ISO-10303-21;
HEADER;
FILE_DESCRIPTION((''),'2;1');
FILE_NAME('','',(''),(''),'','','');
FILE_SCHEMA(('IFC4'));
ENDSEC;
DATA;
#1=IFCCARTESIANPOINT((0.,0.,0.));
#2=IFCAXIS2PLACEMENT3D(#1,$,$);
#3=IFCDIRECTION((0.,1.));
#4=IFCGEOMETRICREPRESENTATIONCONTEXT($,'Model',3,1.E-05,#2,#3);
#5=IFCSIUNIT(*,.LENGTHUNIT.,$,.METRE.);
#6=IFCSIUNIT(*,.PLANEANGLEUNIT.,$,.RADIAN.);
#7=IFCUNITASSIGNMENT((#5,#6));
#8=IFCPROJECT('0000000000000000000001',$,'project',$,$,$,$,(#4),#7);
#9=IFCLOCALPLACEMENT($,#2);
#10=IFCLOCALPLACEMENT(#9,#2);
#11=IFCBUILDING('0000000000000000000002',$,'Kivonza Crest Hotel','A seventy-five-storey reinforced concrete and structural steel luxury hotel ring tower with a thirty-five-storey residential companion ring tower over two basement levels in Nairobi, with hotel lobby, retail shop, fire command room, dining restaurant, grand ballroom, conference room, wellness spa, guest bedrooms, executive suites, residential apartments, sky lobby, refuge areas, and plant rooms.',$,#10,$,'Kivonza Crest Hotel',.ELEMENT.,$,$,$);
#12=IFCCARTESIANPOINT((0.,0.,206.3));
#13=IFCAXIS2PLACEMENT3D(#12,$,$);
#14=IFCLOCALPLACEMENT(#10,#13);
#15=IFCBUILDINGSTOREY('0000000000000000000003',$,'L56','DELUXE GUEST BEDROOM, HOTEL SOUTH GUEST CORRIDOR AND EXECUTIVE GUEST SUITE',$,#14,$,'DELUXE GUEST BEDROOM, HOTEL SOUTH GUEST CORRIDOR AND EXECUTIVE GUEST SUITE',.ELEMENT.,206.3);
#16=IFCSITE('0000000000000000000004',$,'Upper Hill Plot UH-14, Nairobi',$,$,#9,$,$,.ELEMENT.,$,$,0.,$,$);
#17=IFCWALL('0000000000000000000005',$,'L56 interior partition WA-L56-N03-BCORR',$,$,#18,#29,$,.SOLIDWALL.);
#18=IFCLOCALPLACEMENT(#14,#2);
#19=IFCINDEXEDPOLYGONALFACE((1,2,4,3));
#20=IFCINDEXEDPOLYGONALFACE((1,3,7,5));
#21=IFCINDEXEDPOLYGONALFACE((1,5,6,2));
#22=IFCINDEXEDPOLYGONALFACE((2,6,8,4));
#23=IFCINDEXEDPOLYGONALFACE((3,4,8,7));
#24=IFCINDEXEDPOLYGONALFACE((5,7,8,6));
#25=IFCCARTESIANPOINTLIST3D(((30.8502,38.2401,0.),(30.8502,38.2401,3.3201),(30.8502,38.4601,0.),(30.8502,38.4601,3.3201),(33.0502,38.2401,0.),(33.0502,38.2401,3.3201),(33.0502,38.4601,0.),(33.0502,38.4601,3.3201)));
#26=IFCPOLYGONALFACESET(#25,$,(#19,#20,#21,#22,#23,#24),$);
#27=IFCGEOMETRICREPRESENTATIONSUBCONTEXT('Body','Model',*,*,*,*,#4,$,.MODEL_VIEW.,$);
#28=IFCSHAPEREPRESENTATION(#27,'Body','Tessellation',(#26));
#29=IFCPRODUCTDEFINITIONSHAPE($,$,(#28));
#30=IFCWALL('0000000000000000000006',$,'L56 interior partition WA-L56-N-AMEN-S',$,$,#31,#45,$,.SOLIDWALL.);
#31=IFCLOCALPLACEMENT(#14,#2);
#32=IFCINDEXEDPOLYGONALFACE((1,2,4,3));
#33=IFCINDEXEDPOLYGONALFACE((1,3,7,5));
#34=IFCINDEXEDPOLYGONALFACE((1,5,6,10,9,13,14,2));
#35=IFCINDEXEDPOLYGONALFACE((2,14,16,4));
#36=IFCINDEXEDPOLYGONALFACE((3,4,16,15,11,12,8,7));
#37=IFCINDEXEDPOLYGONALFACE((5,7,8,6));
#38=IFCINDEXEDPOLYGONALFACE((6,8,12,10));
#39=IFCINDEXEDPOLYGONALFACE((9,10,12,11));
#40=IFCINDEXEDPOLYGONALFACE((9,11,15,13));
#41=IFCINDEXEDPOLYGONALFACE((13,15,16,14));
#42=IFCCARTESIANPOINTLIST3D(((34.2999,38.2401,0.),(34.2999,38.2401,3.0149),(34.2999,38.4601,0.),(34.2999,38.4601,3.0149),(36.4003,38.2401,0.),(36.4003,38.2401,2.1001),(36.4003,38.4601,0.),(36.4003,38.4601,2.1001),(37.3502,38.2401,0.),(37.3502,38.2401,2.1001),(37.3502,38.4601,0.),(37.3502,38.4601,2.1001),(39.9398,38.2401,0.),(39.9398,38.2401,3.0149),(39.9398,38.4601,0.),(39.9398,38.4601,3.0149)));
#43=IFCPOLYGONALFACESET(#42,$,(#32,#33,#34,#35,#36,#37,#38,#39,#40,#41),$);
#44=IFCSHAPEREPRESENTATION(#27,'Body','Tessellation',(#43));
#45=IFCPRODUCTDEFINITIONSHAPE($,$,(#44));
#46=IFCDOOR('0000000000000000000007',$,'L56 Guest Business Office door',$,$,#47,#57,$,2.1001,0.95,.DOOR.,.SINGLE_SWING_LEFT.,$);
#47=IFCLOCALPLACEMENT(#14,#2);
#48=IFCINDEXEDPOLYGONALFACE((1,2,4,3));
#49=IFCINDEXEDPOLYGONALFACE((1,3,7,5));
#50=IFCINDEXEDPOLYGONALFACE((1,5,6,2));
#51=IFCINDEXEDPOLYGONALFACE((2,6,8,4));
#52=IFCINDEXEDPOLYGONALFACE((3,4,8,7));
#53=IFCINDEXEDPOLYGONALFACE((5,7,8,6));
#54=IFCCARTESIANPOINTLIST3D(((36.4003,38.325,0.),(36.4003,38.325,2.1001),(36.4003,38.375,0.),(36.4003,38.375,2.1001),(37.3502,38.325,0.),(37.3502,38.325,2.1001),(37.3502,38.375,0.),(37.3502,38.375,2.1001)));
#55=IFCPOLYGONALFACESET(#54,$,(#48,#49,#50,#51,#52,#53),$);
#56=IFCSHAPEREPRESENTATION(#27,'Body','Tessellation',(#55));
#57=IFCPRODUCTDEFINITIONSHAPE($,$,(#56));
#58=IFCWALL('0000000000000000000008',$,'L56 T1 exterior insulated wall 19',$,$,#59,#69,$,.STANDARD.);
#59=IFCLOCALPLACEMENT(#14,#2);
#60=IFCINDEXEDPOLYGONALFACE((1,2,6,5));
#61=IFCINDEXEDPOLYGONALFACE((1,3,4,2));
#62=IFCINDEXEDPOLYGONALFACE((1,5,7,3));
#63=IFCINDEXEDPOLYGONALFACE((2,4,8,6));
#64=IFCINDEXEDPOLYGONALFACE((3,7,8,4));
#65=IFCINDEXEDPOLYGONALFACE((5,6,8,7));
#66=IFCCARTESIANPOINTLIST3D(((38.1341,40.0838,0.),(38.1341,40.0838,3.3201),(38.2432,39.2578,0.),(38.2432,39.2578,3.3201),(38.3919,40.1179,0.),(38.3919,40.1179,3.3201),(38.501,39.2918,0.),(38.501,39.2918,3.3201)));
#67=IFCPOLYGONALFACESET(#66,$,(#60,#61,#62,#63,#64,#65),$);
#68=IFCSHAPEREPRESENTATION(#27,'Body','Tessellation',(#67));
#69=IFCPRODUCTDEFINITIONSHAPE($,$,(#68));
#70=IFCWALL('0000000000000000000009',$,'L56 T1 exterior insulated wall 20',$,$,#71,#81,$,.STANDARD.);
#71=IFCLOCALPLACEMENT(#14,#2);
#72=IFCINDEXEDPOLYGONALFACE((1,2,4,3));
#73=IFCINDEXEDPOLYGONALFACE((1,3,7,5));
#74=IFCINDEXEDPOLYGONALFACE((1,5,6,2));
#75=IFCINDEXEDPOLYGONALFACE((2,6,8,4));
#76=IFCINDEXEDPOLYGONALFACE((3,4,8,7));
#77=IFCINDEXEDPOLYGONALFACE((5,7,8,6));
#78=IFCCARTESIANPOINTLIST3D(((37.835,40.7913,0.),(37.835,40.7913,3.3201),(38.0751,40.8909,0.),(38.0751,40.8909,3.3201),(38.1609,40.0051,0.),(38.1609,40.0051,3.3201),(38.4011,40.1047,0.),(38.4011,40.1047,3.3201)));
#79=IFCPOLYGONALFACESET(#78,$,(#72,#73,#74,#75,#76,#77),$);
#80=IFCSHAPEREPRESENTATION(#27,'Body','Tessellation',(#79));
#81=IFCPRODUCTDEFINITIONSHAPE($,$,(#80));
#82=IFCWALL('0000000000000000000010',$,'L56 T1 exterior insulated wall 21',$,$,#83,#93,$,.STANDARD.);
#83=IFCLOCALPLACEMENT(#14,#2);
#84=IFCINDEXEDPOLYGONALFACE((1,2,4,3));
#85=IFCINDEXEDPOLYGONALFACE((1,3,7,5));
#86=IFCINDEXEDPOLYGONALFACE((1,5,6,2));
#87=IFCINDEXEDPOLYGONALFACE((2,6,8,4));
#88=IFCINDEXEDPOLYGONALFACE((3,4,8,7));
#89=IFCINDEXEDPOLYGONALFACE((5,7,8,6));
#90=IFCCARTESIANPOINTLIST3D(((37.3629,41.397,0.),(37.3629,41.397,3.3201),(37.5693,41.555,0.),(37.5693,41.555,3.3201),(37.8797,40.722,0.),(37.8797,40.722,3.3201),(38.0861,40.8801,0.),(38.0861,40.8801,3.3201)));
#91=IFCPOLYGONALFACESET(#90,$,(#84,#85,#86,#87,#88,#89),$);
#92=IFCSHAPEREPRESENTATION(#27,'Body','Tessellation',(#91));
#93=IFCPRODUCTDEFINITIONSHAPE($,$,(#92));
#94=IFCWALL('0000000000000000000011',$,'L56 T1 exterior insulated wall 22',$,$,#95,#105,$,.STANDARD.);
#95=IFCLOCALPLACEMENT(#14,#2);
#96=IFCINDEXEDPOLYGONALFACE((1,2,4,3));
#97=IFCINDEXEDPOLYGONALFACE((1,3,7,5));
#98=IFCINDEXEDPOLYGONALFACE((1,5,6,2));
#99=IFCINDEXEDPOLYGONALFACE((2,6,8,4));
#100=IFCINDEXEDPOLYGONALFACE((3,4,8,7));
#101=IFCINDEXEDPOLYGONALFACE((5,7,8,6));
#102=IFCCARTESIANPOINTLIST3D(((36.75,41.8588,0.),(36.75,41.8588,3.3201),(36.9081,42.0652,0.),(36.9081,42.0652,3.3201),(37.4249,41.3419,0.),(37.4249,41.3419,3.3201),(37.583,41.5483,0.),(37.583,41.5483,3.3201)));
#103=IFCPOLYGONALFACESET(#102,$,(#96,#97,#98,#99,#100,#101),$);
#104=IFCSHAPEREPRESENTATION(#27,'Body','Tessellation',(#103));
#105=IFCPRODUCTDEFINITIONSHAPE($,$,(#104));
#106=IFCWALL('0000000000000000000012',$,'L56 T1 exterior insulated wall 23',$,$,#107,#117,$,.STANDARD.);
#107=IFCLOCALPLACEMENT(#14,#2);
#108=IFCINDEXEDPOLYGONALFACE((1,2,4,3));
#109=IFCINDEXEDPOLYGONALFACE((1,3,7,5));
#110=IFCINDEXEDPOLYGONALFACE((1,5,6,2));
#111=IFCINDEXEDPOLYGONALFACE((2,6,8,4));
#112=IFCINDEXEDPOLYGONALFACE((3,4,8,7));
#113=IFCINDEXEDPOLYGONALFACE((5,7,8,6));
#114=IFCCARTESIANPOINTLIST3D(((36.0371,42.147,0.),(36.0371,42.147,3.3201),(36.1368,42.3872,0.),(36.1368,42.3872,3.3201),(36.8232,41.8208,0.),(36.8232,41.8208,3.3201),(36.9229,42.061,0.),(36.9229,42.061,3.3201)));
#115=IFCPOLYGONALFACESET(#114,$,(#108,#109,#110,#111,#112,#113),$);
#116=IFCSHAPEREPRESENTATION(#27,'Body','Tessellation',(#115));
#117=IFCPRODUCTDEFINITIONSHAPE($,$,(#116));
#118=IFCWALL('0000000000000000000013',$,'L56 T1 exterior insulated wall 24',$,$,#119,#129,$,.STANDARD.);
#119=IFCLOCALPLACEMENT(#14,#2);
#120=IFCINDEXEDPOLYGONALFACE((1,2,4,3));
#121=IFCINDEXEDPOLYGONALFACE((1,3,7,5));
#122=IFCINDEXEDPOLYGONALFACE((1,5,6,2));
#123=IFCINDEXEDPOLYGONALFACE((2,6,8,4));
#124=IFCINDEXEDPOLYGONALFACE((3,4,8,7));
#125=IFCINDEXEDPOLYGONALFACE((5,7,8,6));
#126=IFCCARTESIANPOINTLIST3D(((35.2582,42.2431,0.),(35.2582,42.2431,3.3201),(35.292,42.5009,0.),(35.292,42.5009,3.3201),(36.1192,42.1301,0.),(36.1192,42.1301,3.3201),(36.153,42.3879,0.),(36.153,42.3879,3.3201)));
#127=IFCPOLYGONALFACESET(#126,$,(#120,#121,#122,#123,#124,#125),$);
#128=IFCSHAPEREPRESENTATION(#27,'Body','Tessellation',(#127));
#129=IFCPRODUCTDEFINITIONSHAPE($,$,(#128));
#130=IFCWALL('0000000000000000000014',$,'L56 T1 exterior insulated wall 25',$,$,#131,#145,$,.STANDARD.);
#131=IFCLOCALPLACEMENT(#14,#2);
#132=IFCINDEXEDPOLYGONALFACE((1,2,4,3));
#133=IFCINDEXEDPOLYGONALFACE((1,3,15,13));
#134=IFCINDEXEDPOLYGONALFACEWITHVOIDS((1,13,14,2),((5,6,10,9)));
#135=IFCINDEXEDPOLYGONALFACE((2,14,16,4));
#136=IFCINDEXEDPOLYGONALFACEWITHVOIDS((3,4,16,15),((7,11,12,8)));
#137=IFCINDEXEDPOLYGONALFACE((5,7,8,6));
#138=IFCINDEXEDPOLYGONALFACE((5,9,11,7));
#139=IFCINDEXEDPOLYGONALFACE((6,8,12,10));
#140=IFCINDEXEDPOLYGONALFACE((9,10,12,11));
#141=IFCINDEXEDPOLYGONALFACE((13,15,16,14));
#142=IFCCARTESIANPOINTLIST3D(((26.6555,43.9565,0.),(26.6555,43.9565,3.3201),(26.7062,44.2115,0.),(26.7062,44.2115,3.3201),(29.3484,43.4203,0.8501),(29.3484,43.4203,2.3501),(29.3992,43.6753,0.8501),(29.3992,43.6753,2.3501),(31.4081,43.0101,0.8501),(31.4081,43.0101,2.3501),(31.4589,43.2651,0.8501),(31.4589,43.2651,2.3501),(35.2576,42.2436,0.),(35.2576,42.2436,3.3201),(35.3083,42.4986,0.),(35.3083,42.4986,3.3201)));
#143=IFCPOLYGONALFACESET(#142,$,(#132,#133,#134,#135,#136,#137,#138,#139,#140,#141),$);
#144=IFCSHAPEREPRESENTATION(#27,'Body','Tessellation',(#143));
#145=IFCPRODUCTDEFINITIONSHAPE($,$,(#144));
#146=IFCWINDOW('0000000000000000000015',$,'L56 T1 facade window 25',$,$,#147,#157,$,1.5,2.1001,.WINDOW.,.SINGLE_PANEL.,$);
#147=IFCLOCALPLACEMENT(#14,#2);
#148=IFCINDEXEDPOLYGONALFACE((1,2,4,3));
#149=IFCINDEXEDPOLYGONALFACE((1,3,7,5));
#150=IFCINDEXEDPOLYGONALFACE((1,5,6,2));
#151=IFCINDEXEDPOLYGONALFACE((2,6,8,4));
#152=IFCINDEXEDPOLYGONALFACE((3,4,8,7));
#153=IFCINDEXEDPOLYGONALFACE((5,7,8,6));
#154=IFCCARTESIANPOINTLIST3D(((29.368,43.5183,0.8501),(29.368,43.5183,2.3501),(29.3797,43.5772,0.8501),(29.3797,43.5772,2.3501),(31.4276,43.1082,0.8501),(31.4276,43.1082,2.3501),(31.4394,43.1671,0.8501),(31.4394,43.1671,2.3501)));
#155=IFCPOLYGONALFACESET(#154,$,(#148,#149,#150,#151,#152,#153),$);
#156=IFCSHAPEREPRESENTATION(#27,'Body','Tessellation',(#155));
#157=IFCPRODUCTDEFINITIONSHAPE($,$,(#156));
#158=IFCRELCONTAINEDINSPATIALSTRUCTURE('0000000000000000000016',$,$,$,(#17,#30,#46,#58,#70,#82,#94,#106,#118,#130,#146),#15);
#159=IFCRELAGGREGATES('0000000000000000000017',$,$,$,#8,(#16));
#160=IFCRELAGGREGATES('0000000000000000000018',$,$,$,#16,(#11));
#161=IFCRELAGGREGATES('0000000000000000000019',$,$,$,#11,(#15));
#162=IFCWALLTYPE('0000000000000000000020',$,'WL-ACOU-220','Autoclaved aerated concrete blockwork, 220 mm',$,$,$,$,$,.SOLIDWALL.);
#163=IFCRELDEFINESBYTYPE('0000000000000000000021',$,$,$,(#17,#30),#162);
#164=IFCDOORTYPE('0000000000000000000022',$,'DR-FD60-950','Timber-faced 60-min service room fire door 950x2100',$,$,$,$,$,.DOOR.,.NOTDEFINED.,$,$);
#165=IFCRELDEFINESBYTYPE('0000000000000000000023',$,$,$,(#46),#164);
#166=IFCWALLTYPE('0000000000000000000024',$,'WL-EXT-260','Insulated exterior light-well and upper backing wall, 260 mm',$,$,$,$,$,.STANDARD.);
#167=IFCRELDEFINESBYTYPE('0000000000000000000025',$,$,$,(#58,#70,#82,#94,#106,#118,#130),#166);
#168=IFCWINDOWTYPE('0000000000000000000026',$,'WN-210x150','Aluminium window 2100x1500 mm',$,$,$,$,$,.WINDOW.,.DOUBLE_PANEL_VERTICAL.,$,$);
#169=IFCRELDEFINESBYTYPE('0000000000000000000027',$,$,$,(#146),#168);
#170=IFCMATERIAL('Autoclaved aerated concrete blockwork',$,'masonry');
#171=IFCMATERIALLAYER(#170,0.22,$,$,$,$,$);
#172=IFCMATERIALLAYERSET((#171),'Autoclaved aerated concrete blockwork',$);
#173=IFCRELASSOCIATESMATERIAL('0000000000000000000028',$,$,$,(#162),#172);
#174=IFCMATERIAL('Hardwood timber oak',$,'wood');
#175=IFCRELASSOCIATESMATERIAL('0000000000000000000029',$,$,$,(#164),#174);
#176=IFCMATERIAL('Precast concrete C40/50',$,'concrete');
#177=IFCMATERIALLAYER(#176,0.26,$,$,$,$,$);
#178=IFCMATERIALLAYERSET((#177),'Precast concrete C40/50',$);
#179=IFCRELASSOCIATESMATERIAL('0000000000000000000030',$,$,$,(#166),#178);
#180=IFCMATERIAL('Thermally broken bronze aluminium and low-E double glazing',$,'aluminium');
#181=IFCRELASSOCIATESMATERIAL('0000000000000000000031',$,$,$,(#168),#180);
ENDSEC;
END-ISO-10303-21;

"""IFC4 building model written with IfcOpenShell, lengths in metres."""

from ifc_helpers import new_model, si_unit, direction, frame, frame_2d, origin, place, context, subcontext, project, spatial, rectangle, extrude, material, layer, layer_set, type_object, element, fill, save


model = new_model("IFC4")

# Units and contexts
model_context = context("Model", 3, precision=1e-05, world=origin(), true_north=direction((0.0, 1.0)))
body_context = subcontext(model_context, "Body", "Model", "MODEL_VIEW")
ifc_project = project(units=[si_unit("LENGTHUNIT", "METRE"), si_unit("PLANEANGLEUNIT", "RADIAN")], contexts=[model_context])

# Site, building, storey
site_placement = place(None, origin())
site = spatial("IfcSite", under=ifc_project, at=site_placement, Name="Upper Hill Plot UH-14, Nairobi", CompositionType="ELEMENT", RefElevation=0.0)
building_placement = place(site_placement, origin())
building = spatial("IfcBuilding", under=site, at=building_placement, Name="Kivonza Crest Hotel", Description="A seventy-five-storey reinforced concrete and structural steel luxury hotel ring tower with a thirty-five-storey residential companion ring tower over two basement levels in Nairobi, with hotel lobby, retail shop, fire command room, dining restaurant, grand ballroom, conference room, wellness spa, guest bedrooms, executive suites, residential apartments, sky lobby, refuge areas, and plant rooms.", LongName="Kivonza Crest Hotel", CompositionType="ELEMENT")
storey_placement = place(building_placement, frame((0.0, 0.0, 206.3)))
storey = spatial("IfcBuildingStorey", under=building, at=storey_placement, Name="L56", Description="DELUXE GUEST BEDROOM, HOTEL SOUTH GUEST CORRIDOR AND EXECUTIVE GUEST SUITE", LongName="DELUXE GUEST BEDROOM, HOTEL SOUTH GUEST CORRIDOR AND EXECUTIVE GUEST SUITE", CompositionType="ELEMENT", Elevation=206.3)

# Wall
ifc_material_1 = material(Name="Autoclaved aerated concrete blockwork", Category="masonry")
ifc_layer_1 = layer(ifc_material_1, 0.22)
ifc_layer_set_1 = layer_set([ifc_layer_1], Name="Autoclaved aerated concrete blockwork")
wall_type_1 = type_object("IfcWallType", Name="WL-ACOU-220", Description="Autoclaved aerated concrete blockwork, 220 mm", PredefinedType="SOLIDWALL", material=ifc_layer_set_1)
wall_1_placement = place(storey_placement, frame((30.8501, 38.3501, 0.0), z_axis=(0.0, 0.0, 1.0), x_axis=(1.0, 0.0, 0.0)))
element("IfcWall", 1, at=wall_1_placement, inside=storey, type_object=wall_type_1, Name="L56 interior partition WA-L56-N03-BCORR", PredefinedType="SOLIDWALL", context=body_context, shape_type="SweptSolid", body=[
    extrude(rectangle(XDim=2.2, YDim=0.22, at=frame_2d((1.1001, 0.0))), origin(), (0.0, 0.0, 1.0), 3.3201),
])

# Wall, opening, door
wall_2_placement = place(storey_placement, frame((34.3, 38.3501, 0.0), z_axis=(0.0, 0.0, 1.0), x_axis=(1.0, 0.0, 0.0)))
wall_2 = element("IfcWall", 2, at=wall_2_placement, inside=storey, type_object=wall_type_1, Name="L56 interior partition WA-L56-N-AMEN-S", PredefinedType="SOLIDWALL", context=body_context, shape_type="SweptSolid", body=[
    extrude(rectangle(XDim=5.6399, YDim=0.22, at=frame_2d((2.8198, 0.0))), origin(), (0.0, 0.0, 1.0), 3.0149),
])
opening_1_placement = place(wall_2_placement, frame((2.1001, 0.0, 0.0)))
opening_1 = element("IfcOpeningElement", 3, at=opening_1_placement, cuts=wall_2, PredefinedType="OPENING", context=body_context, shape_type="SweptSolid", body=[
    extrude(rectangle(XDim=0.95, YDim=2.1001, at=frame_2d((0.4751, 1.05))), frame((0.0, 0.1201, 0.0), z_axis=(0.0, -1.0, 0.0), x_axis=(1.0, 0.0, 0.0)), (0.0, 0.0, 1.0), 0.24),
])
ifc_material_2 = material(Name="Hardwood timber oak", Category="wood")
door_type_1 = type_object("IfcDoorType", Name="DR-FD60-950", Description="Timber-faced 60-min service room fire door 950x2100", OperationType="NOTDEFINED", PredefinedType="DOOR", material=ifc_material_2)
door_1_placement = place(opening_1_placement, origin())
door_1 = element("IfcDoor", 4, at=door_1_placement, inside=storey, type_object=door_type_1, Name="L56 Guest Business Office door", OperationType="SINGLE_SWING_LEFT", OverallHeight=2.1001, OverallWidth=0.95, PredefinedType="DOOR", context=body_context, shape_type="SweptSolid", body=[
    extrude(rectangle(XDim=0.95, YDim=2.1001, at=frame_2d((0.4751, 1.05))), frame((0.0, 0.0249, 0.0), z_axis=(0.0, -1.0, 0.0), x_axis=(1.0, 0.0, 0.0)), (0.0, 0.0, 1.0), 0.05),
])
fill(opening_1, door_1)

# Walls
ifc_material_3 = material(Name="Precast concrete C40/50", Category="concrete")
ifc_layer_2 = layer(ifc_material_3, 0.26)
ifc_layer_set_2 = layer_set([ifc_layer_2], Name="Precast concrete C40/50")
wall_type_2 = type_object("IfcWallType", Name="WL-EXT-260", Description="Insulated exterior light-well and upper backing wall, 260 mm", PredefinedType="STANDARD", material=ifc_layer_set_2)
wall_3_placement = place(storey_placement, frame((38.3721, 39.2749, 0.0), z_axis=(0.0, 0.0, 1.0), x_axis=(-0.130955, 0.991388, 0.0)))
element("IfcWall", 5, at=wall_3_placement, inside=storey, type_object=wall_type_2, Name="L56 T1 exterior insulated wall 19", PredefinedType="STANDARD", context=body_context, shape_type="SweptSolid", body=[
    extrude(rectangle(XDim=0.8333, YDim=0.26, at=frame_2d((0.4165, 0.0))), origin(), (0.0, 0.0, 1.0), 3.3201),
])
wall_4_placement = place(storey_placement, frame((38.281, 40.0549, 0.0), z_axis=(0.0, 0.0, 1.0), x_axis=(-0.382985, 0.923754, 0.0)))
element("IfcWall", 6, at=wall_4_placement, inside=storey, type_object=wall_type_2, Name="L56 T1 exterior insulated wall 20", PredefinedType="STANDARD", context=body_context, shape_type="SweptSolid", body=[
    extrude(rectangle(XDim=0.8511, YDim=0.26, at=frame_2d((0.4255, 0.0))), origin(), (0.0, 0.0, 1.0), 3.3201),
])
for number, where, z_axis, x_axis, name in (
    (7, (37.9829, 40.801, 0.0), (0.0, 0.0, 1.0), (-0.607919, 0.793999, 0.0), "L56 T1 exterior insulated wall 21"),
    (8, (37.5039, 41.4451, 0.0), (0.0, 0.0, 1.0), (-0.793893, 0.608058, 0.0), "L56 T1 exterior insulated wall 22"),
):
    element("IfcWall", number, at=place(storey_placement, frame(where, z_axis=z_axis, x_axis=x_axis)), inside=storey, type_object=wall_type_2, Name=name, PredefinedType="STANDARD", context=body_context, shape_type="SweptSolid", body=[
        extrude(rectangle(XDim=0.8501, YDim=0.26, at=frame_2d((0.425, 0.0))), origin(), (0.0, 0.0, 1.0), 3.3201),
    ])
wall_5_placement = place(storey_placement, frame((36.873, 41.9409, 0.0), z_axis=(0.0, 0.0, 1.0), x_axis=(-0.923653, 0.38323, 0.0)))
element("IfcWall", 9, at=wall_5_placement, inside=storey, type_object=wall_type_2, Name="L56 T1 exterior insulated wall 23", PredefinedType="STANDARD", context=body_context, shape_type="SweptSolid", body=[
    extrude(rectangle(XDim=0.8511, YDim=0.26, at=frame_2d((0.4255, 0.0))), origin(), (0.0, 0.0, 1.0), 3.3201),
])
wall_6_placement = place(storey_placement, frame((36.136, 42.259, 0.0), z_axis=(0.0, 0.0, 1.0), x_axis=(-0.991493, 0.130156, 0.0)))
element("IfcWall", 10, at=wall_6_placement, inside=storey, type_object=wall_type_2, Name="L56 T1 exterior insulated wall 24", PredefinedType="STANDARD", context=body_context, shape_type="SweptSolid", body=[
    extrude(rectangle(XDim=0.8684, YDim=0.26, at=frame_2d((0.4341, 0.0))), origin(), (0.0, 0.0, 1.0), 3.3201),
])

# Wall, opening, window
wall_7_placement = place(storey_placement, frame((35.283, 42.3711, 0.0), z_axis=(0.0, 0.0, 1.0), x_axis=(-0.980745, 0.195292, 0.0)))
wall_7 = element("IfcWall", 11, at=wall_7_placement, inside=storey, type_object=wall_type_2, Name="L56 T1 exterior insulated wall 25", PredefinedType="STANDARD", context=body_context, shape_type="SweptSolid", body=[
    extrude(rectangle(XDim=8.771, YDim=0.26, at=frame_2d((4.3855, 0.0))), origin(), (0.0, 0.0, 1.0), 3.3201),
])
opening_2_placement = place(wall_7_placement, frame((3.925, 0.0, 0.8501)))
opening_2 = element("IfcOpeningElement", 12, at=opening_2_placement, cuts=wall_7, PredefinedType="OPENING", context=body_context, shape_type="SweptSolid", body=[
    extrude(rectangle(XDim=2.1001, YDim=1.5, at=frame_2d((1.05, 0.75))), frame((0.0, 0.1401, 0.0), z_axis=(0.0, -1.0, 0.0), x_axis=(1.0, 0.0, 0.0)), (0.0, 0.0, 1.0), 0.28),
])
ifc_material_4 = material(Name="Thermally broken bronze aluminium and low-E double glazing", Category="aluminium")
window_type = type_object("IfcWindowType", Name="WN-210x150", Description="Aluminium window 2100x1500 mm", PartitioningType="DOUBLE_PANEL_VERTICAL", PredefinedType="WINDOW", material=ifc_material_4)
window_placement = place(opening_2_placement, origin())
window = element("IfcWindow", 13, at=window_placement, inside=storey, type_object=window_type, Name="L56 T1 facade window 25", OverallHeight=1.5, OverallWidth=2.1001, PartitioningType="SINGLE_PANEL", PredefinedType="WINDOW", context=body_context, shape_type="SweptSolid", body=[
    extrude(rectangle(XDim=2.1001, YDim=1.5, at=frame_2d((1.05, 0.75))), frame((0.0, 0.03, 0.0), z_axis=(0.0, -1.0, 0.0), x_axis=(1.0, 0.0, 0.0)), (0.0, 0.0, 1.0), 0.0601),
])
fill(opening_2, window)

save(model, "model.ifc")
